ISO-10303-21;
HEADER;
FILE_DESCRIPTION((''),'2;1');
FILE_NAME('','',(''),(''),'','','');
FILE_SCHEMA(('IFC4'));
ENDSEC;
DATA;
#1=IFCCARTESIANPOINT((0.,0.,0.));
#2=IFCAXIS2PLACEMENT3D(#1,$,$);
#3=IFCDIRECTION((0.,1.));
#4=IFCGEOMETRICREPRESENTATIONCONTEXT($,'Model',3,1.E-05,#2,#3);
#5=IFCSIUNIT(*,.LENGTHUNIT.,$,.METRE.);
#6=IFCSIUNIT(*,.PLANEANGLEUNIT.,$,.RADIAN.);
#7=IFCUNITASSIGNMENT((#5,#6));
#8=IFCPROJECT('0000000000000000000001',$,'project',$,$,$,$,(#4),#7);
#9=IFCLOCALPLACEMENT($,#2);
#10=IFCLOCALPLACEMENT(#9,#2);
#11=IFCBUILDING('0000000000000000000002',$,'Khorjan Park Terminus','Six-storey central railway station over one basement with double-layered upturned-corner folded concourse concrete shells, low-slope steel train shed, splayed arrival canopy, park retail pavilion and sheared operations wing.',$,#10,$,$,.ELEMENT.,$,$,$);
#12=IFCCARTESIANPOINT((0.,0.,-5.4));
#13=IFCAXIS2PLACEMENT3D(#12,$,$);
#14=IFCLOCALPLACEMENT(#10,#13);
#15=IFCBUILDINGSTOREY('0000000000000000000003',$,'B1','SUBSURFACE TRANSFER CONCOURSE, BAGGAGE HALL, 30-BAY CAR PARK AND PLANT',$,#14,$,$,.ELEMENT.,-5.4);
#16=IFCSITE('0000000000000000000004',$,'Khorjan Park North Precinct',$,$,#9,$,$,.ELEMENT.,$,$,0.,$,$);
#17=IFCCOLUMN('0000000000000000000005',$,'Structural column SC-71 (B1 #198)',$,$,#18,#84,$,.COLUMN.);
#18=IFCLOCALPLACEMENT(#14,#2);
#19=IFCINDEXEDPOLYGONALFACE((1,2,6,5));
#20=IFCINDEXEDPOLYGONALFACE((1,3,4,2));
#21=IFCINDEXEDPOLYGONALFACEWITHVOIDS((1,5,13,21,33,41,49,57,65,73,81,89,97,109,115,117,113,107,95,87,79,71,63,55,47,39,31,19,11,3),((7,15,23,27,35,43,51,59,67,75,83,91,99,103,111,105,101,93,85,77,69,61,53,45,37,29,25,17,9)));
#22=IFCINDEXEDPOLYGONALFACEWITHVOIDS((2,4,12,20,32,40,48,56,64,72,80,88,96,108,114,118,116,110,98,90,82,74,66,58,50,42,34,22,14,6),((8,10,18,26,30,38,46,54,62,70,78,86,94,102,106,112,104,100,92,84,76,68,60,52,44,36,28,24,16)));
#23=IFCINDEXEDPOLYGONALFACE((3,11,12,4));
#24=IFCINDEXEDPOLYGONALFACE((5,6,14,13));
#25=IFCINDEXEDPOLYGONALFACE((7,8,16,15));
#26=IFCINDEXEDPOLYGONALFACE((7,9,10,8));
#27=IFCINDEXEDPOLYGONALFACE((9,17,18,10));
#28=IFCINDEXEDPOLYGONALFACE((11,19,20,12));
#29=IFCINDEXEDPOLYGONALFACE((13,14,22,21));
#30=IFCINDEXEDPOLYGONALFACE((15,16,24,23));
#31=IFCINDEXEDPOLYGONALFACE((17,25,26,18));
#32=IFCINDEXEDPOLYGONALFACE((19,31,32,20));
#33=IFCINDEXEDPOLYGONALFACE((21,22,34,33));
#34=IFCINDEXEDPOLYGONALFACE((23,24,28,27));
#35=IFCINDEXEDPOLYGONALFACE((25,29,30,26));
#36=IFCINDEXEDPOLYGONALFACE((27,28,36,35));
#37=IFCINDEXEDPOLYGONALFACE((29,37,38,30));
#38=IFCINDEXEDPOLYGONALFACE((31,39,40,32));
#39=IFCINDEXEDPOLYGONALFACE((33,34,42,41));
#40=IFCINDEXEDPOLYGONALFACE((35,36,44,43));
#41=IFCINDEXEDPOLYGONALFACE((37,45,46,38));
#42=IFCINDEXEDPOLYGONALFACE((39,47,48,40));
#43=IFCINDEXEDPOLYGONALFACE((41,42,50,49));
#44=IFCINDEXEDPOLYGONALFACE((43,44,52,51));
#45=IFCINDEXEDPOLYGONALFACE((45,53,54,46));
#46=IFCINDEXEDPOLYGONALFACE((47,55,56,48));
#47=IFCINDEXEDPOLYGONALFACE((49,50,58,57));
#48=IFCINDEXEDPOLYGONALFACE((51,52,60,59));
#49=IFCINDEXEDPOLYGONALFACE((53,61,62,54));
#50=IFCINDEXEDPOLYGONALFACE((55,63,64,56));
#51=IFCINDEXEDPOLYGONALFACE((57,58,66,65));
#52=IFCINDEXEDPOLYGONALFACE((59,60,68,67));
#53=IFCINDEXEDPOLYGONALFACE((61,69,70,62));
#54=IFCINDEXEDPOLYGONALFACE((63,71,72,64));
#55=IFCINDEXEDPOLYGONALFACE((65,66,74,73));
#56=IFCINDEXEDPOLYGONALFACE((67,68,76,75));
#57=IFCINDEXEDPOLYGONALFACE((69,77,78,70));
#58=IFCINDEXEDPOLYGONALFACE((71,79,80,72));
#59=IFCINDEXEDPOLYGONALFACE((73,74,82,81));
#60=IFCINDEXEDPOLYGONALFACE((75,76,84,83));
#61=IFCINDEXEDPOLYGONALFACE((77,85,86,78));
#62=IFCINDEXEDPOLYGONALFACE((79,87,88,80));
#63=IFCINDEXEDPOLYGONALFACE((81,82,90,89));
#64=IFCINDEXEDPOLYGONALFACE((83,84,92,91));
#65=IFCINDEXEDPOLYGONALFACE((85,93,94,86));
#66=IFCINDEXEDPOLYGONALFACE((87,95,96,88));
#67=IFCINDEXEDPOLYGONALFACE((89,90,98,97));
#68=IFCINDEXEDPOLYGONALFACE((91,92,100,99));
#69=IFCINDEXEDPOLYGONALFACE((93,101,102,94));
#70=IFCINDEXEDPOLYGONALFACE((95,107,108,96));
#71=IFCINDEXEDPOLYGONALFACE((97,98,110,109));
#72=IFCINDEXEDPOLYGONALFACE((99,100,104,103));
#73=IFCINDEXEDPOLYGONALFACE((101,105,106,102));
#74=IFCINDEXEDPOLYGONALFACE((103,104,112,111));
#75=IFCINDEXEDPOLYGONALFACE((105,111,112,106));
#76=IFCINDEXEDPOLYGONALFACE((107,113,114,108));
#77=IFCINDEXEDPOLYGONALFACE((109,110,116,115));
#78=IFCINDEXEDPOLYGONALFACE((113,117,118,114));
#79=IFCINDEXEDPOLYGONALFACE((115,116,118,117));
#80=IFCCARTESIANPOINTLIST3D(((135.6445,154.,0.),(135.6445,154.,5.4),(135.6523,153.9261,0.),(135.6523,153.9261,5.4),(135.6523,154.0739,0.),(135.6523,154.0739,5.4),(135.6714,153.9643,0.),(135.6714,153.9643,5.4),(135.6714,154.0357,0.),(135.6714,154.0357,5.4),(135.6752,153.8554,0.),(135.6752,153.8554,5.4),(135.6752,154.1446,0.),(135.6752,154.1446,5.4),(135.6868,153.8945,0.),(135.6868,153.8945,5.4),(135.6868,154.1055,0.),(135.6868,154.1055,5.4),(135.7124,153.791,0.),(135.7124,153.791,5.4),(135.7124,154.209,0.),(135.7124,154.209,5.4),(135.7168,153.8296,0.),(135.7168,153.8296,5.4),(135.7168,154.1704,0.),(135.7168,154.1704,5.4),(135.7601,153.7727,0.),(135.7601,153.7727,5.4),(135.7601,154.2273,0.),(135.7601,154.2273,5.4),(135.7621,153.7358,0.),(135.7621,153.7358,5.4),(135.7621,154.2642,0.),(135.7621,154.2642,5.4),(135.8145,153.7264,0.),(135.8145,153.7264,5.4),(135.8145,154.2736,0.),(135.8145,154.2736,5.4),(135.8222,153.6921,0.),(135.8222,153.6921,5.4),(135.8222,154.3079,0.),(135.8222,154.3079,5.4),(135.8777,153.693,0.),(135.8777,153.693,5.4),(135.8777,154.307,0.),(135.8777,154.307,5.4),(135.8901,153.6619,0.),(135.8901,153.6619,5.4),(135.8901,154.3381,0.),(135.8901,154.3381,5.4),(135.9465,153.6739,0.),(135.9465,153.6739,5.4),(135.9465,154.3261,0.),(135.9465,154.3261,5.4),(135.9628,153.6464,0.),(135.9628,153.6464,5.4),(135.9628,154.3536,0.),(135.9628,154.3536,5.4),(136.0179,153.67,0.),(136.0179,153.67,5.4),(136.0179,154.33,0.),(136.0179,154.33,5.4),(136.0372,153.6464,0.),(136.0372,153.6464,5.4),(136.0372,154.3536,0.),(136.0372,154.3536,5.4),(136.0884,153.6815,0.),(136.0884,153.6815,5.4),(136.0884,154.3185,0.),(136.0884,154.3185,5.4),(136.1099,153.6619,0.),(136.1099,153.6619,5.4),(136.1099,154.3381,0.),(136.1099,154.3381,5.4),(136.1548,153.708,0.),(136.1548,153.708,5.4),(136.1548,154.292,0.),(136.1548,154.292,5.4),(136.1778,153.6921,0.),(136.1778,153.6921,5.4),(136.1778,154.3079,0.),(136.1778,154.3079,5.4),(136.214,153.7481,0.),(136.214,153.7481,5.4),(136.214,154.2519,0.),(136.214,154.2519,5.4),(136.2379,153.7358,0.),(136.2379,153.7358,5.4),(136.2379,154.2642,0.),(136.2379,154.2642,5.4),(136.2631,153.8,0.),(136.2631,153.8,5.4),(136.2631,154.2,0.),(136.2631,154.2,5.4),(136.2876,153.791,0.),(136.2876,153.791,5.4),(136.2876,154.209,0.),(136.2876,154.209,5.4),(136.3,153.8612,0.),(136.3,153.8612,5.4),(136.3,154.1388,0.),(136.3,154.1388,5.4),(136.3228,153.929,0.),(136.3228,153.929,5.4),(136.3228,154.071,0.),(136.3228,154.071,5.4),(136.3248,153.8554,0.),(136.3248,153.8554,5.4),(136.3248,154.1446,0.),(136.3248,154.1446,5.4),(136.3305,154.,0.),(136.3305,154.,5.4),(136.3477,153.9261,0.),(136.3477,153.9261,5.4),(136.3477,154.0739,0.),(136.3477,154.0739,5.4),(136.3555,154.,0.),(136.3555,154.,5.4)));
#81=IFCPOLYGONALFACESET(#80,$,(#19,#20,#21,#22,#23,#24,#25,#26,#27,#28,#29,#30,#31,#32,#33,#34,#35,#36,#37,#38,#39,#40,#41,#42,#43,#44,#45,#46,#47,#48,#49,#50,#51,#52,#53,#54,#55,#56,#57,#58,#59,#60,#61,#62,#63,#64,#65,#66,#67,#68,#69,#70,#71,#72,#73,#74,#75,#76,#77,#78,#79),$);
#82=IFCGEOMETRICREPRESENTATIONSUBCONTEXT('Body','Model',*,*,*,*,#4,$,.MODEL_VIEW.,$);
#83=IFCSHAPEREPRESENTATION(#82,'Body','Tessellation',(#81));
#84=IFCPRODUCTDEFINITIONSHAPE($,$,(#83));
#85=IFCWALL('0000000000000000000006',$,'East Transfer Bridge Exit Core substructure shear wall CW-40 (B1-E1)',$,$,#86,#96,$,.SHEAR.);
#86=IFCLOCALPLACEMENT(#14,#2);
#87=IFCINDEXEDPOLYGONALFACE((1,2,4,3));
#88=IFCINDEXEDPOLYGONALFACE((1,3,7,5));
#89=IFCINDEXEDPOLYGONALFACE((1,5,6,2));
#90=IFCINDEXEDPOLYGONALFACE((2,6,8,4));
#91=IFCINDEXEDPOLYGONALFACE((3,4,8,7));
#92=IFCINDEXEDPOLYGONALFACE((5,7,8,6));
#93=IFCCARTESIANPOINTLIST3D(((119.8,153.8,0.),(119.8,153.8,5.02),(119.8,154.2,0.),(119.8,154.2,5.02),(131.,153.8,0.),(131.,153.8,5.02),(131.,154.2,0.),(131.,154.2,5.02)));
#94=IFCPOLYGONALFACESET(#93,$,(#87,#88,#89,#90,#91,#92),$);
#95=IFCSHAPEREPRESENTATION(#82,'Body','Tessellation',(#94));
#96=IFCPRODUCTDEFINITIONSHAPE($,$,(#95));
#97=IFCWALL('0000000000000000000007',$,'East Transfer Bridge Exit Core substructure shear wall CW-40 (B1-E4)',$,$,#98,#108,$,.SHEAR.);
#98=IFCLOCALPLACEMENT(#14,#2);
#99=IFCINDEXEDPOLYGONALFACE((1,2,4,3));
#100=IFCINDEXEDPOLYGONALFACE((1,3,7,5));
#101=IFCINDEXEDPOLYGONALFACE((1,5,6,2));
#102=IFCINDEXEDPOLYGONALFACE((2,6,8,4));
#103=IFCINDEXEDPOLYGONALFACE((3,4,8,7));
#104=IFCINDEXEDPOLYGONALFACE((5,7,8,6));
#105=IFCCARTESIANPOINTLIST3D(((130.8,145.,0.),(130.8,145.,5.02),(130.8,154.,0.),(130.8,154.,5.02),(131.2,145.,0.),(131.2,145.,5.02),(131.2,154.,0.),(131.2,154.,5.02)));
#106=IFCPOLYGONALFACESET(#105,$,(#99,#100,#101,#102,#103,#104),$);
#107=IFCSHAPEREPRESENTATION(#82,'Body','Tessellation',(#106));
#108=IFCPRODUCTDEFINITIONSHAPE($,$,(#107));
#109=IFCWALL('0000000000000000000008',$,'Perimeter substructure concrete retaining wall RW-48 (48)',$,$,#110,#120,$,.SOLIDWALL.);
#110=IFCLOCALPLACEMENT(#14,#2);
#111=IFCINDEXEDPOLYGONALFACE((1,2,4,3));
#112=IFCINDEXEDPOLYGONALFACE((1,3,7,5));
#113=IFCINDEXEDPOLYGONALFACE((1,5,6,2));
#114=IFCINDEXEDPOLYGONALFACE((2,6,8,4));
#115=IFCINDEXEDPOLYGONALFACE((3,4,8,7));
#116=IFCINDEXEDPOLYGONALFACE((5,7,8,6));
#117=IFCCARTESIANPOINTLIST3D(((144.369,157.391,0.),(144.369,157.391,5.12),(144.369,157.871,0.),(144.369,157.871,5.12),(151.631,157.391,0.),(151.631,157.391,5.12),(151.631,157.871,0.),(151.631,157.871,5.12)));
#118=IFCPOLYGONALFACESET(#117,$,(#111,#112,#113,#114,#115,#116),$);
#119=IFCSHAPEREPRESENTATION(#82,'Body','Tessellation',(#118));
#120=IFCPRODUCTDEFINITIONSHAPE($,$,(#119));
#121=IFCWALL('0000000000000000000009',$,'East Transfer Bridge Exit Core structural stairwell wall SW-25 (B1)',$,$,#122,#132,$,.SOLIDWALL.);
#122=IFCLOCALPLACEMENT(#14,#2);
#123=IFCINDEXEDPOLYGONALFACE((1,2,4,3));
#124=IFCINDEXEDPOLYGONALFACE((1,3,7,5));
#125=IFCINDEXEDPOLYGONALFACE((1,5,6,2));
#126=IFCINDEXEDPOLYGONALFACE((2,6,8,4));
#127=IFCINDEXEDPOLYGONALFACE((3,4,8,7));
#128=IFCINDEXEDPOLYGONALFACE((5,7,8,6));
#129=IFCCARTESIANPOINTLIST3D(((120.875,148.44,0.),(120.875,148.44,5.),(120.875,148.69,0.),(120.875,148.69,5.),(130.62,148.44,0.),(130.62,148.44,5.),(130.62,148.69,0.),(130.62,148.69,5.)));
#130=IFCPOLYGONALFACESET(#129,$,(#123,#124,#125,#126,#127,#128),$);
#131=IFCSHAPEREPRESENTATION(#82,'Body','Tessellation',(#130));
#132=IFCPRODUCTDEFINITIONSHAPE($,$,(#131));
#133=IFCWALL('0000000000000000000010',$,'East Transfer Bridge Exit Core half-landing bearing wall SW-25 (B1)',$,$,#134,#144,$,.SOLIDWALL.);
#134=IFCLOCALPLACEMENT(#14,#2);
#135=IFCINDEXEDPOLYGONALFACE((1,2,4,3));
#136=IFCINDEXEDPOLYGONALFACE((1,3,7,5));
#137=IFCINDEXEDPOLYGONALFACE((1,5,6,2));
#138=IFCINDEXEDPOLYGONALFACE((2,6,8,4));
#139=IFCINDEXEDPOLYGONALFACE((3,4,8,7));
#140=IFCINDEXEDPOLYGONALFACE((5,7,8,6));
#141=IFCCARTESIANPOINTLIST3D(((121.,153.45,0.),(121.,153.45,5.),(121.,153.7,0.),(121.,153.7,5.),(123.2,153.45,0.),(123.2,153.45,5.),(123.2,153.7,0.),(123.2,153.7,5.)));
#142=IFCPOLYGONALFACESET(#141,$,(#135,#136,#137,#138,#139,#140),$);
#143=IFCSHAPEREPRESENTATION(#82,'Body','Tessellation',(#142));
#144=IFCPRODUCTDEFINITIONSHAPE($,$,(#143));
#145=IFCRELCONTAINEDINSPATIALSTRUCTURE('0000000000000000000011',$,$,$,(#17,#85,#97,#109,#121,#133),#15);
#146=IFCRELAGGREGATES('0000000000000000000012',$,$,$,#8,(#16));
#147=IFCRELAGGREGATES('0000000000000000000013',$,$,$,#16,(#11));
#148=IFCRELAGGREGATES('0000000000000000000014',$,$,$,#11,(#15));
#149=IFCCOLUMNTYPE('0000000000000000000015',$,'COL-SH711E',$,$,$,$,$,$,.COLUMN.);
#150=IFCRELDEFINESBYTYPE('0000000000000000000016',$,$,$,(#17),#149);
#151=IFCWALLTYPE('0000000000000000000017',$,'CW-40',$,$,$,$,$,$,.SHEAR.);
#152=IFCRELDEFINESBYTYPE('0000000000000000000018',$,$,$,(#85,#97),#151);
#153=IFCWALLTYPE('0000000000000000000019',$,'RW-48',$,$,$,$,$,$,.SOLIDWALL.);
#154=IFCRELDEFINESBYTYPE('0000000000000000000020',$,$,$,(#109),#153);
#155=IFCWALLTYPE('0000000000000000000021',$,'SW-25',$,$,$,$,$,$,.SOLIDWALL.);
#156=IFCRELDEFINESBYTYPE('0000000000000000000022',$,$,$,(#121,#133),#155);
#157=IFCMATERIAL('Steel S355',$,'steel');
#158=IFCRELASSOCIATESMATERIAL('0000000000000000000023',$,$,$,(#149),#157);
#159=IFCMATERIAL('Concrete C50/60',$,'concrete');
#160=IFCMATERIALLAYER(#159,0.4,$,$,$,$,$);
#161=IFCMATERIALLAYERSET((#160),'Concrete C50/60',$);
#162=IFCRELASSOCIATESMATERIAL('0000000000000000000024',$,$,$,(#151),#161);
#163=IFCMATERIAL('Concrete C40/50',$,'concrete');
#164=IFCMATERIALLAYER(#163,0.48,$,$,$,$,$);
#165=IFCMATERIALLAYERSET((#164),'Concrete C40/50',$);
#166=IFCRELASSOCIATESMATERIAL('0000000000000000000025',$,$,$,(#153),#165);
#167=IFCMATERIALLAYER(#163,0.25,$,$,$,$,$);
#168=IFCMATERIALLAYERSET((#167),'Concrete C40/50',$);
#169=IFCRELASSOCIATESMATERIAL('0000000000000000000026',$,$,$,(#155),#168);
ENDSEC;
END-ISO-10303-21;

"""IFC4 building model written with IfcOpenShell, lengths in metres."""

from ifc_helpers import new_model, si_unit, direction, frame, frame_2d, origin, origin_2d, place, context, subcontext, project, spatial, rectangle, hollow_circle, extrude, material, layer, layer_set, material_profile, profile_set, type_object, element, save


model = new_model("IFC4")

# Units and contexts
model_context = context("Model", 3, precision=1e-05, world=origin(), true_north=direction((0.0, 1.0)))
body_context = subcontext(model_context, "Body", "Model", "MODEL_VIEW")
ifc_project = project(units=[si_unit("LENGTHUNIT", "METRE"), si_unit("PLANEANGLEUNIT", "RADIAN")], contexts=[model_context])

# Site, building, storey
site_placement = place(None, origin())
site = spatial("IfcSite", under=ifc_project, at=site_placement, Name="Khorjan Park North Precinct", CompositionType="ELEMENT", RefElevation=0.0)
building_placement = place(site_placement, origin())
building = spatial("IfcBuilding", under=site, at=building_placement, Name="Khorjan Park Terminus", Description="Six-storey central railway station over one basement with double-layered upturned-corner folded concourse concrete shells, low-slope steel train shed, splayed arrival canopy, park retail pavilion and sheared operations wing.", CompositionType="ELEMENT")
storey_placement = place(building_placement, frame((0.0, 0.0, -5.4)))
storey = spatial("IfcBuildingStorey", under=building, at=storey_placement, Name="B1", Description="SUBSURFACE TRANSFER CONCOURSE, BAGGAGE HALL, 30-BAY CAR PARK AND PLANT", CompositionType="ELEMENT", Elevation=-5.4)

# Shared definitions
ifc_material_1 = material(Name="Concrete C40/50", Category="concrete")

# Column
ifc_material_2 = material(Name="Steel S355", Category="steel")
ifc_material_profile_1 = material_profile(ifc_material_2, hollow_circle(Radius=0.3555, WallThickness=0.025, at=origin_2d()), Name="CHS 711x25")
ifc_profile_set_1 = profile_set([ifc_material_profile_1], Name="Steel S355")
column_type_1 = type_object("IfcColumnType", Name="COL-SH711E", PredefinedType="COLUMN", material=ifc_profile_set_1)
column_1_placement = place(storey_placement, frame((136.0, 154.0, 0.0), z_axis=(0.0, 0.0, 1.0), x_axis=(1.0, 0.0, 0.0)))
element("IfcColumn", 1, at=column_1_placement, inside=storey, type_object=column_type_1, Name="Structural column SC-71 (B1 #198)", PredefinedType="COLUMN", context=body_context, shape_type="SweptSolid", body=[
    extrude(hollow_circle(Radius=0.3555, WallThickness=0.025, at=origin_2d()), origin(), (0.0, 0.0, 1.0), 5.4),
])

# Walls
ifc_material_3 = material(Name="Concrete C50/60", Category="concrete")
ifc_layer_1 = layer(ifc_material_3, 0.4)
ifc_layer_set_1 = layer_set([ifc_layer_1], Name="Concrete C50/60")
wall_type_1 = type_object("IfcWallType", Name="CW-40", PredefinedType="SHEAR", material=ifc_layer_set_1)
wall_1_placement = place(storey_placement, frame((131.0, 154.0, 0.0), z_axis=(0.0, 0.0, 1.0), x_axis=(-1.0, 0.0, 0.0)))
element("IfcWall", 2, at=wall_1_placement, inside=storey, type_object=wall_type_1, Name="East Transfer Bridge Exit Core substructure shear wall CW-40 (B1-E1)", PredefinedType="SHEAR", context=body_context, shape_type="SweptSolid", body=[
    extrude(rectangle(XDim=11.2, YDim=0.4, at=frame_2d((5.6, 0.0))), origin(), (0.0, 0.0, 1.0), 5.02),
])
wall_2_placement = place(storey_placement, frame((131.0, 145.0, 0.0), z_axis=(0.0, 0.0, 1.0), x_axis=(0.0, 1.0, 0.0)))
element("IfcWall", 3, at=wall_2_placement, inside=storey, type_object=wall_type_1, Name="East Transfer Bridge Exit Core substructure shear wall CW-40 (B1-E4)", PredefinedType="SHEAR", context=body_context, shape_type="SweptSolid", body=[
    extrude(rectangle(XDim=9.0, YDim=0.4, at=frame_2d((4.5, 0.0))), origin(), (0.0, 0.0, 1.0), 5.02),
])
ifc_layer_2 = layer(ifc_material_1, 0.48)
ifc_layer_set_2 = layer_set([ifc_layer_2], Name="Concrete C40/50")
wall_type_2 = type_object("IfcWallType", Name="RW-48", PredefinedType="SOLIDWALL", material=ifc_layer_set_2)
wall_3_placement = place(storey_placement, frame((144.369, 157.631, 0.0), z_axis=(0.0, 0.0, 1.0), x_axis=(1.0, 0.0, 0.0)))
element("IfcWall", 4, at=wall_3_placement, inside=storey, type_object=wall_type_2, Name="Perimeter substructure concrete retaining wall RW-48 (48)", PredefinedType="SOLIDWALL", context=body_context, shape_type="SweptSolid", body=[
    extrude(rectangle(XDim=7.262, YDim=0.48, at=frame_2d((3.631, 0.0))), origin(), (0.0, 0.0, 1.0), 5.12),
])
ifc_layer_3 = layer(ifc_material_1, 0.25)
ifc_layer_set_3 = layer_set([ifc_layer_3], Name="Concrete C40/50")
wall_type_3 = type_object("IfcWallType", Name="SW-25", PredefinedType="SOLIDWALL", material=ifc_layer_set_3)
wall_4_placement = place(storey_placement, frame((130.62, 148.565, 0.0), z_axis=(0.0, 0.0, 1.0), x_axis=(-1.0, 0.0, 0.0)))
element("IfcWall", 5, at=wall_4_placement, inside=storey, type_object=wall_type_3, Name="East Transfer Bridge Exit Core structural stairwell wall SW-25 (B1)", PredefinedType="SOLIDWALL", context=body_context, shape_type="SweptSolid", body=[
    extrude(rectangle(XDim=9.745, YDim=0.25, at=frame_2d((4.8725, 0.0))), origin(), (0.0, 0.0, 1.0), 5.0),
])
wall_5_placement = place(storey_placement, frame((123.2, 153.575, 0.0), z_axis=(0.0, 0.0, 1.0), x_axis=(-1.0, 0.0, 0.0)))
element("IfcWall", 6, at=wall_5_placement, inside=storey, type_object=wall_type_3, Name="East Transfer Bridge Exit Core half-landing bearing wall SW-25 (B1)", PredefinedType="SOLIDWALL", context=body_context, shape_type="SweptSolid", body=[
    extrude(rectangle(XDim=2.2, YDim=0.25, at=frame_2d((1.1, 0.0))), origin(), (0.0, 0.0, 1.0), 5.0),
])

save(model, "model.ifc")
